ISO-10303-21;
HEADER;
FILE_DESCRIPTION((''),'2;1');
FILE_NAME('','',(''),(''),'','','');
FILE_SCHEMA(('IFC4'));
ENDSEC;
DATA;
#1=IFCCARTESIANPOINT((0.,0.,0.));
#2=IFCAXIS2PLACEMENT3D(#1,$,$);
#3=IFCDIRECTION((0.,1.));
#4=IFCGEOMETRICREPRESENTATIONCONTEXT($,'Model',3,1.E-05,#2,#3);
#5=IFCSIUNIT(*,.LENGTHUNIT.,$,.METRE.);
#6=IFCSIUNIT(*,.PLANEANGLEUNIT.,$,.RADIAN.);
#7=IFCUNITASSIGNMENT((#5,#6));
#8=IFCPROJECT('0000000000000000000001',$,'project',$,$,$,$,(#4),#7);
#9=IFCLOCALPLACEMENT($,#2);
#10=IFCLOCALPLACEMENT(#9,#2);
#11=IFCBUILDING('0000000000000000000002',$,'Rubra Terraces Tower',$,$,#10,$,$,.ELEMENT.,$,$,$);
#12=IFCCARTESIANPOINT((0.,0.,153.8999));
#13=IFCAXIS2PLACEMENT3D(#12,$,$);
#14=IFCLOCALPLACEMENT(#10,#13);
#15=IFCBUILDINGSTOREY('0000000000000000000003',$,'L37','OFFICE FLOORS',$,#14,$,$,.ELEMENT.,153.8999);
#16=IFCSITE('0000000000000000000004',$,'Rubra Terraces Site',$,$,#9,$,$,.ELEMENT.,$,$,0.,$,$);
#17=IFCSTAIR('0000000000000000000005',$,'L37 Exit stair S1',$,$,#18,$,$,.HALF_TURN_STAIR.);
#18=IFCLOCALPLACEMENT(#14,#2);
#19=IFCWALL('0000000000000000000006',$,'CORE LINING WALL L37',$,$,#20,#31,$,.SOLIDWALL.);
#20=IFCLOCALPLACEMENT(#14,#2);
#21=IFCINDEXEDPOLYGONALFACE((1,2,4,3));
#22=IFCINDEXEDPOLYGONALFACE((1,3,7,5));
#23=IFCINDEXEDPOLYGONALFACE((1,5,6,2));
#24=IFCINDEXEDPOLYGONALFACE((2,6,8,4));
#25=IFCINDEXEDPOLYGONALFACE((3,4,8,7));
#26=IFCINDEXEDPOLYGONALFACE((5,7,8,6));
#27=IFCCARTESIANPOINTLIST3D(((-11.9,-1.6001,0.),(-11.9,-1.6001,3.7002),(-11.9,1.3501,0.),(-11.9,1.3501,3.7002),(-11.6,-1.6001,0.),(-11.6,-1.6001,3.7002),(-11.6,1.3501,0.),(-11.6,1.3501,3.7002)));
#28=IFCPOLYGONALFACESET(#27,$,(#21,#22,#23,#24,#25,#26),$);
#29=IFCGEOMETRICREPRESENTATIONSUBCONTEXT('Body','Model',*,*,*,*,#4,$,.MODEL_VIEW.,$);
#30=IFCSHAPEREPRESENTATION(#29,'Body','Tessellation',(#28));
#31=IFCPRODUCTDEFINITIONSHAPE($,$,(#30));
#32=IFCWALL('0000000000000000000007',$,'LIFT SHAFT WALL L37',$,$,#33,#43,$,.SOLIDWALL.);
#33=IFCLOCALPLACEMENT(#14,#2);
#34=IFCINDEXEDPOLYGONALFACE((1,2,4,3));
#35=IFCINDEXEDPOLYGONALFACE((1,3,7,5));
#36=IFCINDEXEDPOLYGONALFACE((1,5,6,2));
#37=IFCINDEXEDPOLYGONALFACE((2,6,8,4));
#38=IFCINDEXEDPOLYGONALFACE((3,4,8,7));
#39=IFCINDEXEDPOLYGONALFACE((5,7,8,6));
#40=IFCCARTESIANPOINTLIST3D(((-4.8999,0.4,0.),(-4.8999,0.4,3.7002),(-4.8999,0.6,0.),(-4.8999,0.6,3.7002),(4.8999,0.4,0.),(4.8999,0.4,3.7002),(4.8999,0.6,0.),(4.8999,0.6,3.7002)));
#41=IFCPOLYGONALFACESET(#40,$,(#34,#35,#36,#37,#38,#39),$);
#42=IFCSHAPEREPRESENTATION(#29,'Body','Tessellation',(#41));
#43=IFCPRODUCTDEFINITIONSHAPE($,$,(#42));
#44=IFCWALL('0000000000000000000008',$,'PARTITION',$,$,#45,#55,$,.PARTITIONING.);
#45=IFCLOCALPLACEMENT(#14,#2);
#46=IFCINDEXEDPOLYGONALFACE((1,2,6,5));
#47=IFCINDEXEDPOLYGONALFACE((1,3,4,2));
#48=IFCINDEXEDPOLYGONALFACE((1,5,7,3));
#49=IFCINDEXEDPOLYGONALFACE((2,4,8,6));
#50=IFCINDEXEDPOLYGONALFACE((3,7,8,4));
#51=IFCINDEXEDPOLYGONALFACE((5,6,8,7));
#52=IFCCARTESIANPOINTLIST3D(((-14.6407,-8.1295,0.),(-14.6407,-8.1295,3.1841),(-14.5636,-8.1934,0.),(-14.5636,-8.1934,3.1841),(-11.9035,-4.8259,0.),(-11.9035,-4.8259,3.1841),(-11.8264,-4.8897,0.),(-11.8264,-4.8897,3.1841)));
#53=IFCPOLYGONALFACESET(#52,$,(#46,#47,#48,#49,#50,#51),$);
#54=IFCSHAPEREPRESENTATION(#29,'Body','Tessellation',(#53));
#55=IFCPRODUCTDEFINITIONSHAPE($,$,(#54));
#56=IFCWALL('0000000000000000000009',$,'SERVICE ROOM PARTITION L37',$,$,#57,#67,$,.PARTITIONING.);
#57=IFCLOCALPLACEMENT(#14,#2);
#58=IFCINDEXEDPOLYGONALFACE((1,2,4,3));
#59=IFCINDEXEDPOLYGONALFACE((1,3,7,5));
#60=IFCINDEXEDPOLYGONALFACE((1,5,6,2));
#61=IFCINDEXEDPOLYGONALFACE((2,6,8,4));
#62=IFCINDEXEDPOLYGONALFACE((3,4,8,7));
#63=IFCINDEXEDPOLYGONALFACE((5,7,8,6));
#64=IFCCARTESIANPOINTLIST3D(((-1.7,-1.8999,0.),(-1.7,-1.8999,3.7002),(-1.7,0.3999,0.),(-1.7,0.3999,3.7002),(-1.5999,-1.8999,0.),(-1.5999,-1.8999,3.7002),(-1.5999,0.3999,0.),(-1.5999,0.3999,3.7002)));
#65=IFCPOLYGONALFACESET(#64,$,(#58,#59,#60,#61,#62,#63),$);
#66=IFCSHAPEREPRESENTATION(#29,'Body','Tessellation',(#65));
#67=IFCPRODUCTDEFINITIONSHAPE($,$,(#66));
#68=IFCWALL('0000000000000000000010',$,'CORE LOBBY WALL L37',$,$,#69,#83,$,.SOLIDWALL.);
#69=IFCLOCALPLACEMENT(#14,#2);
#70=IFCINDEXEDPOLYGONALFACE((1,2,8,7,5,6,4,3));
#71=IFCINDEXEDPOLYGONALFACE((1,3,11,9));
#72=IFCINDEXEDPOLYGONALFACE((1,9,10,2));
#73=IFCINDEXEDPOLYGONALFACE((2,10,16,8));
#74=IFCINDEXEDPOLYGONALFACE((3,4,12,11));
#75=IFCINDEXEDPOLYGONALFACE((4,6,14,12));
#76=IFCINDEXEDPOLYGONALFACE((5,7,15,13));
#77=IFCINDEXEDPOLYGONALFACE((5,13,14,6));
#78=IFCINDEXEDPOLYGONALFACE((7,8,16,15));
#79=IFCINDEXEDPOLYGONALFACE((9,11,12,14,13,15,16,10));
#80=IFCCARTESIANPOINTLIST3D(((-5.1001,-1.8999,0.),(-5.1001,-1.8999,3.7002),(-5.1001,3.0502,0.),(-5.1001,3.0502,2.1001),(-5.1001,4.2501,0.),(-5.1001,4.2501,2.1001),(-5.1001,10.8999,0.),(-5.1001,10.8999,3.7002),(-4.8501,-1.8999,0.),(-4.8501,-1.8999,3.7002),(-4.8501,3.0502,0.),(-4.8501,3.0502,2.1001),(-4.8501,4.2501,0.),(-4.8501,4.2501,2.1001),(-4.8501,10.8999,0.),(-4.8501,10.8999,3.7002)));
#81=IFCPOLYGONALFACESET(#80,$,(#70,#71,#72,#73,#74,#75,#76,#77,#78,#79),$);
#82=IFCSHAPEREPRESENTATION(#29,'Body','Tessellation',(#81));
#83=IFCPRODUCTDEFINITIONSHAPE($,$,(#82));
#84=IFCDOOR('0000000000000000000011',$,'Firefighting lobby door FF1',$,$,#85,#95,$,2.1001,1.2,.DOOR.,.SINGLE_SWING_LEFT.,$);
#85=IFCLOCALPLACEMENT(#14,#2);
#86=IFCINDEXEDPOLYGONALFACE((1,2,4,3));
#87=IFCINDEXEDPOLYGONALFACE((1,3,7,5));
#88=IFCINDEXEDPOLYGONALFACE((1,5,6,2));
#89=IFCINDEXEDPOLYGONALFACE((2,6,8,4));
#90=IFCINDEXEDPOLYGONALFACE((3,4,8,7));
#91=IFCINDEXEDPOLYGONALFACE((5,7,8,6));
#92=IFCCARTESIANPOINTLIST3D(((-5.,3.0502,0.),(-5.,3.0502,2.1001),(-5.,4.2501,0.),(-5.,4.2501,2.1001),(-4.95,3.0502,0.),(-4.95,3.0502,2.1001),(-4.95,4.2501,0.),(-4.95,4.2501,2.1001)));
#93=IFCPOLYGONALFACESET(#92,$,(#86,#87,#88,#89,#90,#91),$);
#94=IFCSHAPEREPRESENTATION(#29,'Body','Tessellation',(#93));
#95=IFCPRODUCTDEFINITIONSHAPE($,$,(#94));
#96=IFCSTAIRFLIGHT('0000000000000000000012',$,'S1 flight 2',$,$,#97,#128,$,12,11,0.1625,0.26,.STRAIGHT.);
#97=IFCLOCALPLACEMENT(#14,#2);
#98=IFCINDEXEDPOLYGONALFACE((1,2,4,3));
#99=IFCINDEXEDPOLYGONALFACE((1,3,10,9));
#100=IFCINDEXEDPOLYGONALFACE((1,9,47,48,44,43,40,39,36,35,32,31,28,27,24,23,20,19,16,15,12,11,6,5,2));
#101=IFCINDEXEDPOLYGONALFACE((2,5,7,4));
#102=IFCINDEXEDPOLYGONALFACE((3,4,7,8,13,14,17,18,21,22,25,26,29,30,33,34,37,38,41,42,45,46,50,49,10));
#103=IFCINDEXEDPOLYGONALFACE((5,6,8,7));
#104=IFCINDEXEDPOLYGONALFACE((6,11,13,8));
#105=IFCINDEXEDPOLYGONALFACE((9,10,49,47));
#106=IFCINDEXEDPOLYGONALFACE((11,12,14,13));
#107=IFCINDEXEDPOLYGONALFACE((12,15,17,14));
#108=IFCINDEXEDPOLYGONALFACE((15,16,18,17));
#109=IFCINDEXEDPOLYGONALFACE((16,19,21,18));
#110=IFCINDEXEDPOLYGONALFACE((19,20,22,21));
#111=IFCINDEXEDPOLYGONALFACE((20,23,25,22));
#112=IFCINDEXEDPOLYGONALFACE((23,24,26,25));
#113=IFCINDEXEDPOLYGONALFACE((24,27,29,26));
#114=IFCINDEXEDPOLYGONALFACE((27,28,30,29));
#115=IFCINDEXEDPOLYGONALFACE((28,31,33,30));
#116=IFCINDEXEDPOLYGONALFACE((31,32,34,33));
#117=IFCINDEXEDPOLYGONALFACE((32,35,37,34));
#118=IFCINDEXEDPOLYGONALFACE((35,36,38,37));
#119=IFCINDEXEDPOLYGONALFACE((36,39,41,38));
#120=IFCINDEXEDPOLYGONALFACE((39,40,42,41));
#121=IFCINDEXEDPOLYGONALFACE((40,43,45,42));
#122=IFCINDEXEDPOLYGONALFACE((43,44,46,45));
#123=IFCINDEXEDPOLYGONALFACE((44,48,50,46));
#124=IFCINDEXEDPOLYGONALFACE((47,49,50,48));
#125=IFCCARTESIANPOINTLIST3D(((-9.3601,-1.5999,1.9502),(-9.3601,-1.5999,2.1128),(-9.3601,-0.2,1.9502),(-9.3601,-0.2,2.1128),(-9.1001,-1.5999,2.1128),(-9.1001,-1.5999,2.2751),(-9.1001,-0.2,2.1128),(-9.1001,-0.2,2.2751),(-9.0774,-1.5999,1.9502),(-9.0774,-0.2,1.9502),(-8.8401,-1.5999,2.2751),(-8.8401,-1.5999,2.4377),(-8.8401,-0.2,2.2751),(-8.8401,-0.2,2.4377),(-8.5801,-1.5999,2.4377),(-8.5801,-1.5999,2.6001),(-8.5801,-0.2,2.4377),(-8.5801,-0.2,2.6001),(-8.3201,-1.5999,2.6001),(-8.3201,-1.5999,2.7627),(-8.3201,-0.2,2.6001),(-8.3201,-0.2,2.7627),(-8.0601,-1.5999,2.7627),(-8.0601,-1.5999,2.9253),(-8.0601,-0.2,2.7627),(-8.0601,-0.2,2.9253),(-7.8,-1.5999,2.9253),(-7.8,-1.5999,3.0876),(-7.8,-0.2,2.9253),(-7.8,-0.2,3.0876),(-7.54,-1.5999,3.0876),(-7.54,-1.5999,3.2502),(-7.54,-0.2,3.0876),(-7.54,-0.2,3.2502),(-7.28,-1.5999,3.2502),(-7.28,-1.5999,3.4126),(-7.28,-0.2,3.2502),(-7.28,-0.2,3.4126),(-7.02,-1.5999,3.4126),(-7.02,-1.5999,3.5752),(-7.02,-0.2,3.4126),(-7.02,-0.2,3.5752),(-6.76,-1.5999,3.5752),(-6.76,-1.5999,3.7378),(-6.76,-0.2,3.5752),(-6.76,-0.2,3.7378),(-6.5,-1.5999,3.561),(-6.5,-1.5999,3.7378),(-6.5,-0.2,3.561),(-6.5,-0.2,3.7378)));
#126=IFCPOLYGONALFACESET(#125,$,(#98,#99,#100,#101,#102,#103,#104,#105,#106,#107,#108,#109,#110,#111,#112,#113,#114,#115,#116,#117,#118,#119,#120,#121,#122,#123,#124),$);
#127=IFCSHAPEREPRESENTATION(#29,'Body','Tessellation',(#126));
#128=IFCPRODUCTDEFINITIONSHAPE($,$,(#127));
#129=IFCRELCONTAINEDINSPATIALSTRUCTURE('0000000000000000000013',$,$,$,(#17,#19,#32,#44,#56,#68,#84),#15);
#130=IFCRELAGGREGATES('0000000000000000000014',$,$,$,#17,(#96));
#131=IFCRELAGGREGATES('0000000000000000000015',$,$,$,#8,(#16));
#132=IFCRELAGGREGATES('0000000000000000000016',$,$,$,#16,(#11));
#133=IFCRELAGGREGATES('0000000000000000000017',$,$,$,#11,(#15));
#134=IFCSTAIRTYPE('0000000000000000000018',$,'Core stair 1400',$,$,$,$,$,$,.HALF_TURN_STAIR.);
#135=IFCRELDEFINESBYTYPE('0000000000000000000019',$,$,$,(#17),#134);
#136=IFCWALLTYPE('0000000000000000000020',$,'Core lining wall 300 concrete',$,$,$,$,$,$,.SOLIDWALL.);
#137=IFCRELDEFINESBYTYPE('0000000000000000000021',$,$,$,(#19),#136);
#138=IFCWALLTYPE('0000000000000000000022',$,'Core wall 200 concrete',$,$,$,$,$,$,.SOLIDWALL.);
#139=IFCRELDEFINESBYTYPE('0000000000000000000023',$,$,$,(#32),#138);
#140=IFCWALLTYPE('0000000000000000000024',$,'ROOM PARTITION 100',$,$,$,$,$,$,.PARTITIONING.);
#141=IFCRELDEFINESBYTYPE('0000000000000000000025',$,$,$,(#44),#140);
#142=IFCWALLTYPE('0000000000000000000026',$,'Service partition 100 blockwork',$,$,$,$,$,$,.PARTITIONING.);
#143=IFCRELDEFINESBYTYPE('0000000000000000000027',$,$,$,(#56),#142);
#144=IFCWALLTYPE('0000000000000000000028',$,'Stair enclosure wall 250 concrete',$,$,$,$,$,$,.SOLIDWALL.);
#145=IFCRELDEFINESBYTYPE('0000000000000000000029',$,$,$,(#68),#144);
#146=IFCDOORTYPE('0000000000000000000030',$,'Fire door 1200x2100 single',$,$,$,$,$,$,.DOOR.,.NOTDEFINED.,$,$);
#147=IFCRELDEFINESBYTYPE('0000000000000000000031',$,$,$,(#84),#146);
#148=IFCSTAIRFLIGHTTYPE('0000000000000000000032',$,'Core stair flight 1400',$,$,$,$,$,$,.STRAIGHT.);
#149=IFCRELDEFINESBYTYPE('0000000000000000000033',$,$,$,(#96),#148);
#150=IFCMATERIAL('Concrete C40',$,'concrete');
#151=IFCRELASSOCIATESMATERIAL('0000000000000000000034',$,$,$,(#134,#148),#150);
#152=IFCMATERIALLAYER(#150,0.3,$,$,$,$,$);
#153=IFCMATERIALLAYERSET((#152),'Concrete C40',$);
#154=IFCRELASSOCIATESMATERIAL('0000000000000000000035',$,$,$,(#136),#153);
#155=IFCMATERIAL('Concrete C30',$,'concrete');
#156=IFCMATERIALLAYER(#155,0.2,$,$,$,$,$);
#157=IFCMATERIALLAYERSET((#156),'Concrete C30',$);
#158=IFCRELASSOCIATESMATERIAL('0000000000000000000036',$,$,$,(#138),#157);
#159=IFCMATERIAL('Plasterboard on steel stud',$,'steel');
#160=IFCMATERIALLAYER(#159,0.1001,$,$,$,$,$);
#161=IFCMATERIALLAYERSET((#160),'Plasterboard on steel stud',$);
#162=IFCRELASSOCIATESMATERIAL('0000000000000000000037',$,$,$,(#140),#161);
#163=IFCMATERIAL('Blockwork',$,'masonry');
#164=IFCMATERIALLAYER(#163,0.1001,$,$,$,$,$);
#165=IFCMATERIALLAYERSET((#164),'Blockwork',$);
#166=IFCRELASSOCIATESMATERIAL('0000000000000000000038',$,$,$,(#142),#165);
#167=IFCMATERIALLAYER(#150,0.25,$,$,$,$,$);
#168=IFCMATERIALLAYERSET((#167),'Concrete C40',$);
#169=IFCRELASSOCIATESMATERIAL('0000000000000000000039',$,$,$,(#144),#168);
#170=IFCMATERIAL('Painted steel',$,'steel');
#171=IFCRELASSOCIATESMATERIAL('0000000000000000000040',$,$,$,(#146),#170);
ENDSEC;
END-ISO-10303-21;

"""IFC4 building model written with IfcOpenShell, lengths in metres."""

from ifc_helpers import new_model, si_unit, direction, frame, frame_2d, origin, place, context, subcontext, project, spatial, polyline, rectangle, outline, extrude, material, layer, layer_set, type_object, element, fill, aggregate, save


model = new_model("IFC4")

# Units and contexts
model_context = context("Model", 3, precision=1e-05, world=origin(), true_north=direction((0.0, 1.0)))
body_context = subcontext(model_context, "Body", "Model", "MODEL_VIEW")
ifc_project = project(units=[si_unit("LENGTHUNIT", "METRE"), si_unit("PLANEANGLEUNIT", "RADIAN")], contexts=[model_context])

# Site, building, storey
site_placement = place(None, origin())
site = spatial("IfcSite", under=ifc_project, at=site_placement, Name="Rubra Terraces Site", CompositionType="ELEMENT", RefElevation=0.0)
building_placement = place(site_placement, origin())
building = spatial("IfcBuilding", under=site, at=building_placement, Name="Rubra Terraces Tower", CompositionType="ELEMENT")
storey_placement = place(building_placement, frame((0.0, 0.0, 153.8999)))
storey = spatial("IfcBuildingStorey", under=building, at=storey_placement, Name="L37", Description="OFFICE FLOORS", CompositionType="ELEMENT", Elevation=153.8999)

# Shared definitions
ifc_material_1 = material(Name="Concrete C40", Category="concrete")

# Stair
stair_type = type_object("IfcStairType", Name="Core stair 1400", PredefinedType="HALF_TURN_STAIR", material=ifc_material_1)
stair_1_placement = place(storey_placement, origin())
stair_1 = element("IfcStair", 1, at=stair_1_placement, inside=storey, type_object=stair_type, Name="L37 Exit stair S1", PredefinedType="HALF_TURN_STAIR")

# Shared definitions
ifc_material_2 = material(Name="Painted steel", Category="steel")

# Walls
ifc_layer_1 = layer(ifc_material_1, 0.3)
ifc_layer_set_1 = layer_set([ifc_layer_1], Name="Concrete C40")
wall_type_1 = type_object("IfcWallType", Name="Core lining wall 300 concrete", PredefinedType="SOLIDWALL", material=ifc_layer_set_1)
wall_1_placement = place(storey_placement, frame((-11.75, -1.6001, 0.0), z_axis=(0.0, 0.0, 1.0), x_axis=(0.0, 1.0, 0.0)))
element("IfcWall", 2, at=wall_1_placement, inside=storey, type_object=wall_type_1, Name="CORE LINING WALL L37", PredefinedType="SOLIDWALL", context=body_context, shape_type="SweptSolid", body=[
    extrude(rectangle(XDim=2.9502, YDim=0.3, at=frame_2d((1.4751, 0.0))), origin(), (0.0, 0.0, 1.0), 3.7002),
])
ifc_material_3 = material(Name="Concrete C30", Category="concrete")
ifc_layer_2 = layer(ifc_material_3, 0.2)
ifc_layer_set_2 = layer_set([ifc_layer_2], Name="Concrete C30")
wall_type_2 = type_object("IfcWallType", Name="Core wall 200 concrete", PredefinedType="SOLIDWALL", material=ifc_layer_set_2)
wall_2_placement = place(storey_placement, frame((-4.8999, 0.5, 0.0), z_axis=(0.0, 0.0, 1.0), x_axis=(1.0, 0.0, 0.0)))
element("IfcWall", 3, at=wall_2_placement, inside=storey, type_object=wall_type_2, Name="LIFT SHAFT WALL L37", PredefinedType="SOLIDWALL", context=body_context, shape_type="SweptSolid", body=[
    extrude(rectangle(XDim=9.7998, YDim=0.2, at=frame_2d((4.8999, 0.0))), origin(), (0.0, 0.0, 1.0), 3.7002),
])
ifc_material_4 = material(Name="Plasterboard on steel stud", Category="steel")
ifc_layer_3 = layer(ifc_material_4, 0.1001)
ifc_layer_set_3 = layer_set([ifc_layer_3], Name="Plasterboard on steel stud")
wall_type_3 = type_object("IfcWallType", Name="ROOM PARTITION 100", PredefinedType="PARTITIONING", material=ifc_layer_set_3)
wall_3_placement = place(storey_placement, frame((-11.865, -4.8579, 0.0), z_axis=(0.0, 0.0, 1.0), x_axis=(-0.63801, -0.770028, 0.0)))
element("IfcWall", 4, at=wall_3_placement, inside=storey, type_object=wall_type_3, Name="PARTITION", PredefinedType="PARTITIONING", context=body_context, shape_type="SweptSolid", body=[
    extrude(rectangle(XDim=4.2903, YDim=0.1001, at=frame_2d((2.145, 0.0))), origin(), (0.0, 0.0, 1.0), 3.1841),
])
ifc_material_5 = material(Name="Blockwork", Category="masonry")
ifc_layer_4 = layer(ifc_material_5, 0.1001)
ifc_layer_set_4 = layer_set([ifc_layer_4], Name="Blockwork")
wall_type_4 = type_object("IfcWallType", Name="Service partition 100 blockwork", PredefinedType="PARTITIONING", material=ifc_layer_set_4)
wall_4_placement = place(storey_placement, frame((-1.6499, -1.8999, 0.0), z_axis=(0.0, 0.0, 1.0), x_axis=(0.0, 1.0, 0.0)))
element("IfcWall", 5, at=wall_4_placement, inside=storey, type_object=wall_type_4, Name="SERVICE ROOM PARTITION L37", PredefinedType="PARTITIONING", context=body_context, shape_type="SweptSolid", body=[
    extrude(rectangle(XDim=2.2998, YDim=0.1001, at=frame_2d((1.1499, 0.0))), origin(), (0.0, 0.0, 1.0), 3.7002),
])

# Wall, opening, door
ifc_layer_5 = layer(ifc_material_1, 0.25)
ifc_layer_set_5 = layer_set([ifc_layer_5], Name="Concrete C40")
wall_type_5 = type_object("IfcWallType", Name="Stair enclosure wall 250 concrete", PredefinedType="SOLIDWALL", material=ifc_layer_set_5)
wall_5_placement = place(storey_placement, frame((-4.9751, -1.8999, 0.0), z_axis=(0.0, 0.0, 1.0), x_axis=(0.0, 1.0, 0.0)))
wall_5 = element("IfcWall", 6, at=wall_5_placement, inside=storey, type_object=wall_type_5, Name="CORE LOBBY WALL L37", PredefinedType="SOLIDWALL", context=body_context, shape_type="SweptSolid", body=[
    extrude(rectangle(XDim=12.7998, YDim=0.25, at=frame_2d((6.3999, 0.0))), origin(), (0.0, 0.0, 1.0), 3.7002),
])
opening_1_placement = place(wall_5_placement, frame((4.95, 0.0, 0.0)))
opening_1 = element("IfcOpeningElement", 7, at=opening_1_placement, cuts=wall_5, PredefinedType="OPENING", context=body_context, shape_type="SweptSolid", body=[
    extrude(rectangle(XDim=1.2, YDim=2.1001, at=frame_2d((0.6001, 1.05))), frame((0.0, 0.135, 0.0), z_axis=(0.0, -1.0, 0.0), x_axis=(1.0, 0.0, 0.0)), (0.0, 0.0, 1.0), 0.27),
])
door_type_1 = type_object("IfcDoorType", Name="Fire door 1200x2100 single", OperationType="NOTDEFINED", PredefinedType="DOOR", material=ifc_material_2)
door_1_placement = place(opening_1_placement, origin())
door_1 = element("IfcDoor", 8, at=door_1_placement, inside=storey, type_object=door_type_1, Name="Firefighting lobby door FF1", OperationType="SINGLE_SWING_LEFT", OverallHeight=2.1001, OverallWidth=1.2, PredefinedType="DOOR", context=body_context, shape_type="SweptSolid", body=[
    extrude(rectangle(XDim=1.2, YDim=2.1001, at=frame_2d((0.6001, 1.05))), frame((0.0, 0.0249, 0.0), z_axis=(0.0, -1.0, 0.0), x_axis=(1.0, 0.0, 0.0)), (0.0, 0.0, 1.0), 0.05),
])
fill(opening_1, door_1)

# Stair flight
stair_flight_type = type_object("IfcStairFlightType", Name="Core stair flight 1400", PredefinedType="STRAIGHT", material=ifc_material_1)
stair_flight_placement = place(storey_placement, frame((-9.3601, -0.8999, 1.9502), z_axis=(0.0, 0.0, 1.0), x_axis=(1.0, 0.0, 0.0)))
stair_flight = element("IfcStairFlight", 9, at=stair_flight_placement, type_object=stair_flight_type, Name="S1 flight 2", NumberOfRisers=12, NumberOfTreads=11, PredefinedType="STRAIGHT", RiserHeight=0.1625, TreadLength=0.26, context=body_context, shape_type="SweptSolid", body=[
    extrude(outline(polyline([(0.0, 0.0), (0.0, 0.1626), (0.26, 0.1626), (0.26, 0.325), (0.52, 0.325), (0.52, 0.4875), (0.78, 0.4875), (0.78, 0.6499), (1.04, 0.6499), (1.04, 0.8125), (1.3, 0.8125), (1.3, 0.9751), (1.5601, 0.9751), (1.5601, 1.1375), (1.8201, 1.1375), (1.8201, 1.3), (2.0801, 1.3), (2.0801, 1.4624), (2.3401, 1.4624), (2.3401, 1.625), (2.6001, 1.625), (2.6001, 1.7876), (2.8601, 1.7876), (2.8601, 1.95), (2.8601, 1.6108), (0.2827, 0.0), (0.0, 0.0)])), frame((0.0, 0.7, 0.0), z_axis=(0.0, -1.0, 0.0), x_axis=(1.0, 0.0, 0.0)), (0.0, 0.0, 1.0), 1.3999),
])
aggregate(stair_1, [stair_flight])

save(model, "model.ifc")
